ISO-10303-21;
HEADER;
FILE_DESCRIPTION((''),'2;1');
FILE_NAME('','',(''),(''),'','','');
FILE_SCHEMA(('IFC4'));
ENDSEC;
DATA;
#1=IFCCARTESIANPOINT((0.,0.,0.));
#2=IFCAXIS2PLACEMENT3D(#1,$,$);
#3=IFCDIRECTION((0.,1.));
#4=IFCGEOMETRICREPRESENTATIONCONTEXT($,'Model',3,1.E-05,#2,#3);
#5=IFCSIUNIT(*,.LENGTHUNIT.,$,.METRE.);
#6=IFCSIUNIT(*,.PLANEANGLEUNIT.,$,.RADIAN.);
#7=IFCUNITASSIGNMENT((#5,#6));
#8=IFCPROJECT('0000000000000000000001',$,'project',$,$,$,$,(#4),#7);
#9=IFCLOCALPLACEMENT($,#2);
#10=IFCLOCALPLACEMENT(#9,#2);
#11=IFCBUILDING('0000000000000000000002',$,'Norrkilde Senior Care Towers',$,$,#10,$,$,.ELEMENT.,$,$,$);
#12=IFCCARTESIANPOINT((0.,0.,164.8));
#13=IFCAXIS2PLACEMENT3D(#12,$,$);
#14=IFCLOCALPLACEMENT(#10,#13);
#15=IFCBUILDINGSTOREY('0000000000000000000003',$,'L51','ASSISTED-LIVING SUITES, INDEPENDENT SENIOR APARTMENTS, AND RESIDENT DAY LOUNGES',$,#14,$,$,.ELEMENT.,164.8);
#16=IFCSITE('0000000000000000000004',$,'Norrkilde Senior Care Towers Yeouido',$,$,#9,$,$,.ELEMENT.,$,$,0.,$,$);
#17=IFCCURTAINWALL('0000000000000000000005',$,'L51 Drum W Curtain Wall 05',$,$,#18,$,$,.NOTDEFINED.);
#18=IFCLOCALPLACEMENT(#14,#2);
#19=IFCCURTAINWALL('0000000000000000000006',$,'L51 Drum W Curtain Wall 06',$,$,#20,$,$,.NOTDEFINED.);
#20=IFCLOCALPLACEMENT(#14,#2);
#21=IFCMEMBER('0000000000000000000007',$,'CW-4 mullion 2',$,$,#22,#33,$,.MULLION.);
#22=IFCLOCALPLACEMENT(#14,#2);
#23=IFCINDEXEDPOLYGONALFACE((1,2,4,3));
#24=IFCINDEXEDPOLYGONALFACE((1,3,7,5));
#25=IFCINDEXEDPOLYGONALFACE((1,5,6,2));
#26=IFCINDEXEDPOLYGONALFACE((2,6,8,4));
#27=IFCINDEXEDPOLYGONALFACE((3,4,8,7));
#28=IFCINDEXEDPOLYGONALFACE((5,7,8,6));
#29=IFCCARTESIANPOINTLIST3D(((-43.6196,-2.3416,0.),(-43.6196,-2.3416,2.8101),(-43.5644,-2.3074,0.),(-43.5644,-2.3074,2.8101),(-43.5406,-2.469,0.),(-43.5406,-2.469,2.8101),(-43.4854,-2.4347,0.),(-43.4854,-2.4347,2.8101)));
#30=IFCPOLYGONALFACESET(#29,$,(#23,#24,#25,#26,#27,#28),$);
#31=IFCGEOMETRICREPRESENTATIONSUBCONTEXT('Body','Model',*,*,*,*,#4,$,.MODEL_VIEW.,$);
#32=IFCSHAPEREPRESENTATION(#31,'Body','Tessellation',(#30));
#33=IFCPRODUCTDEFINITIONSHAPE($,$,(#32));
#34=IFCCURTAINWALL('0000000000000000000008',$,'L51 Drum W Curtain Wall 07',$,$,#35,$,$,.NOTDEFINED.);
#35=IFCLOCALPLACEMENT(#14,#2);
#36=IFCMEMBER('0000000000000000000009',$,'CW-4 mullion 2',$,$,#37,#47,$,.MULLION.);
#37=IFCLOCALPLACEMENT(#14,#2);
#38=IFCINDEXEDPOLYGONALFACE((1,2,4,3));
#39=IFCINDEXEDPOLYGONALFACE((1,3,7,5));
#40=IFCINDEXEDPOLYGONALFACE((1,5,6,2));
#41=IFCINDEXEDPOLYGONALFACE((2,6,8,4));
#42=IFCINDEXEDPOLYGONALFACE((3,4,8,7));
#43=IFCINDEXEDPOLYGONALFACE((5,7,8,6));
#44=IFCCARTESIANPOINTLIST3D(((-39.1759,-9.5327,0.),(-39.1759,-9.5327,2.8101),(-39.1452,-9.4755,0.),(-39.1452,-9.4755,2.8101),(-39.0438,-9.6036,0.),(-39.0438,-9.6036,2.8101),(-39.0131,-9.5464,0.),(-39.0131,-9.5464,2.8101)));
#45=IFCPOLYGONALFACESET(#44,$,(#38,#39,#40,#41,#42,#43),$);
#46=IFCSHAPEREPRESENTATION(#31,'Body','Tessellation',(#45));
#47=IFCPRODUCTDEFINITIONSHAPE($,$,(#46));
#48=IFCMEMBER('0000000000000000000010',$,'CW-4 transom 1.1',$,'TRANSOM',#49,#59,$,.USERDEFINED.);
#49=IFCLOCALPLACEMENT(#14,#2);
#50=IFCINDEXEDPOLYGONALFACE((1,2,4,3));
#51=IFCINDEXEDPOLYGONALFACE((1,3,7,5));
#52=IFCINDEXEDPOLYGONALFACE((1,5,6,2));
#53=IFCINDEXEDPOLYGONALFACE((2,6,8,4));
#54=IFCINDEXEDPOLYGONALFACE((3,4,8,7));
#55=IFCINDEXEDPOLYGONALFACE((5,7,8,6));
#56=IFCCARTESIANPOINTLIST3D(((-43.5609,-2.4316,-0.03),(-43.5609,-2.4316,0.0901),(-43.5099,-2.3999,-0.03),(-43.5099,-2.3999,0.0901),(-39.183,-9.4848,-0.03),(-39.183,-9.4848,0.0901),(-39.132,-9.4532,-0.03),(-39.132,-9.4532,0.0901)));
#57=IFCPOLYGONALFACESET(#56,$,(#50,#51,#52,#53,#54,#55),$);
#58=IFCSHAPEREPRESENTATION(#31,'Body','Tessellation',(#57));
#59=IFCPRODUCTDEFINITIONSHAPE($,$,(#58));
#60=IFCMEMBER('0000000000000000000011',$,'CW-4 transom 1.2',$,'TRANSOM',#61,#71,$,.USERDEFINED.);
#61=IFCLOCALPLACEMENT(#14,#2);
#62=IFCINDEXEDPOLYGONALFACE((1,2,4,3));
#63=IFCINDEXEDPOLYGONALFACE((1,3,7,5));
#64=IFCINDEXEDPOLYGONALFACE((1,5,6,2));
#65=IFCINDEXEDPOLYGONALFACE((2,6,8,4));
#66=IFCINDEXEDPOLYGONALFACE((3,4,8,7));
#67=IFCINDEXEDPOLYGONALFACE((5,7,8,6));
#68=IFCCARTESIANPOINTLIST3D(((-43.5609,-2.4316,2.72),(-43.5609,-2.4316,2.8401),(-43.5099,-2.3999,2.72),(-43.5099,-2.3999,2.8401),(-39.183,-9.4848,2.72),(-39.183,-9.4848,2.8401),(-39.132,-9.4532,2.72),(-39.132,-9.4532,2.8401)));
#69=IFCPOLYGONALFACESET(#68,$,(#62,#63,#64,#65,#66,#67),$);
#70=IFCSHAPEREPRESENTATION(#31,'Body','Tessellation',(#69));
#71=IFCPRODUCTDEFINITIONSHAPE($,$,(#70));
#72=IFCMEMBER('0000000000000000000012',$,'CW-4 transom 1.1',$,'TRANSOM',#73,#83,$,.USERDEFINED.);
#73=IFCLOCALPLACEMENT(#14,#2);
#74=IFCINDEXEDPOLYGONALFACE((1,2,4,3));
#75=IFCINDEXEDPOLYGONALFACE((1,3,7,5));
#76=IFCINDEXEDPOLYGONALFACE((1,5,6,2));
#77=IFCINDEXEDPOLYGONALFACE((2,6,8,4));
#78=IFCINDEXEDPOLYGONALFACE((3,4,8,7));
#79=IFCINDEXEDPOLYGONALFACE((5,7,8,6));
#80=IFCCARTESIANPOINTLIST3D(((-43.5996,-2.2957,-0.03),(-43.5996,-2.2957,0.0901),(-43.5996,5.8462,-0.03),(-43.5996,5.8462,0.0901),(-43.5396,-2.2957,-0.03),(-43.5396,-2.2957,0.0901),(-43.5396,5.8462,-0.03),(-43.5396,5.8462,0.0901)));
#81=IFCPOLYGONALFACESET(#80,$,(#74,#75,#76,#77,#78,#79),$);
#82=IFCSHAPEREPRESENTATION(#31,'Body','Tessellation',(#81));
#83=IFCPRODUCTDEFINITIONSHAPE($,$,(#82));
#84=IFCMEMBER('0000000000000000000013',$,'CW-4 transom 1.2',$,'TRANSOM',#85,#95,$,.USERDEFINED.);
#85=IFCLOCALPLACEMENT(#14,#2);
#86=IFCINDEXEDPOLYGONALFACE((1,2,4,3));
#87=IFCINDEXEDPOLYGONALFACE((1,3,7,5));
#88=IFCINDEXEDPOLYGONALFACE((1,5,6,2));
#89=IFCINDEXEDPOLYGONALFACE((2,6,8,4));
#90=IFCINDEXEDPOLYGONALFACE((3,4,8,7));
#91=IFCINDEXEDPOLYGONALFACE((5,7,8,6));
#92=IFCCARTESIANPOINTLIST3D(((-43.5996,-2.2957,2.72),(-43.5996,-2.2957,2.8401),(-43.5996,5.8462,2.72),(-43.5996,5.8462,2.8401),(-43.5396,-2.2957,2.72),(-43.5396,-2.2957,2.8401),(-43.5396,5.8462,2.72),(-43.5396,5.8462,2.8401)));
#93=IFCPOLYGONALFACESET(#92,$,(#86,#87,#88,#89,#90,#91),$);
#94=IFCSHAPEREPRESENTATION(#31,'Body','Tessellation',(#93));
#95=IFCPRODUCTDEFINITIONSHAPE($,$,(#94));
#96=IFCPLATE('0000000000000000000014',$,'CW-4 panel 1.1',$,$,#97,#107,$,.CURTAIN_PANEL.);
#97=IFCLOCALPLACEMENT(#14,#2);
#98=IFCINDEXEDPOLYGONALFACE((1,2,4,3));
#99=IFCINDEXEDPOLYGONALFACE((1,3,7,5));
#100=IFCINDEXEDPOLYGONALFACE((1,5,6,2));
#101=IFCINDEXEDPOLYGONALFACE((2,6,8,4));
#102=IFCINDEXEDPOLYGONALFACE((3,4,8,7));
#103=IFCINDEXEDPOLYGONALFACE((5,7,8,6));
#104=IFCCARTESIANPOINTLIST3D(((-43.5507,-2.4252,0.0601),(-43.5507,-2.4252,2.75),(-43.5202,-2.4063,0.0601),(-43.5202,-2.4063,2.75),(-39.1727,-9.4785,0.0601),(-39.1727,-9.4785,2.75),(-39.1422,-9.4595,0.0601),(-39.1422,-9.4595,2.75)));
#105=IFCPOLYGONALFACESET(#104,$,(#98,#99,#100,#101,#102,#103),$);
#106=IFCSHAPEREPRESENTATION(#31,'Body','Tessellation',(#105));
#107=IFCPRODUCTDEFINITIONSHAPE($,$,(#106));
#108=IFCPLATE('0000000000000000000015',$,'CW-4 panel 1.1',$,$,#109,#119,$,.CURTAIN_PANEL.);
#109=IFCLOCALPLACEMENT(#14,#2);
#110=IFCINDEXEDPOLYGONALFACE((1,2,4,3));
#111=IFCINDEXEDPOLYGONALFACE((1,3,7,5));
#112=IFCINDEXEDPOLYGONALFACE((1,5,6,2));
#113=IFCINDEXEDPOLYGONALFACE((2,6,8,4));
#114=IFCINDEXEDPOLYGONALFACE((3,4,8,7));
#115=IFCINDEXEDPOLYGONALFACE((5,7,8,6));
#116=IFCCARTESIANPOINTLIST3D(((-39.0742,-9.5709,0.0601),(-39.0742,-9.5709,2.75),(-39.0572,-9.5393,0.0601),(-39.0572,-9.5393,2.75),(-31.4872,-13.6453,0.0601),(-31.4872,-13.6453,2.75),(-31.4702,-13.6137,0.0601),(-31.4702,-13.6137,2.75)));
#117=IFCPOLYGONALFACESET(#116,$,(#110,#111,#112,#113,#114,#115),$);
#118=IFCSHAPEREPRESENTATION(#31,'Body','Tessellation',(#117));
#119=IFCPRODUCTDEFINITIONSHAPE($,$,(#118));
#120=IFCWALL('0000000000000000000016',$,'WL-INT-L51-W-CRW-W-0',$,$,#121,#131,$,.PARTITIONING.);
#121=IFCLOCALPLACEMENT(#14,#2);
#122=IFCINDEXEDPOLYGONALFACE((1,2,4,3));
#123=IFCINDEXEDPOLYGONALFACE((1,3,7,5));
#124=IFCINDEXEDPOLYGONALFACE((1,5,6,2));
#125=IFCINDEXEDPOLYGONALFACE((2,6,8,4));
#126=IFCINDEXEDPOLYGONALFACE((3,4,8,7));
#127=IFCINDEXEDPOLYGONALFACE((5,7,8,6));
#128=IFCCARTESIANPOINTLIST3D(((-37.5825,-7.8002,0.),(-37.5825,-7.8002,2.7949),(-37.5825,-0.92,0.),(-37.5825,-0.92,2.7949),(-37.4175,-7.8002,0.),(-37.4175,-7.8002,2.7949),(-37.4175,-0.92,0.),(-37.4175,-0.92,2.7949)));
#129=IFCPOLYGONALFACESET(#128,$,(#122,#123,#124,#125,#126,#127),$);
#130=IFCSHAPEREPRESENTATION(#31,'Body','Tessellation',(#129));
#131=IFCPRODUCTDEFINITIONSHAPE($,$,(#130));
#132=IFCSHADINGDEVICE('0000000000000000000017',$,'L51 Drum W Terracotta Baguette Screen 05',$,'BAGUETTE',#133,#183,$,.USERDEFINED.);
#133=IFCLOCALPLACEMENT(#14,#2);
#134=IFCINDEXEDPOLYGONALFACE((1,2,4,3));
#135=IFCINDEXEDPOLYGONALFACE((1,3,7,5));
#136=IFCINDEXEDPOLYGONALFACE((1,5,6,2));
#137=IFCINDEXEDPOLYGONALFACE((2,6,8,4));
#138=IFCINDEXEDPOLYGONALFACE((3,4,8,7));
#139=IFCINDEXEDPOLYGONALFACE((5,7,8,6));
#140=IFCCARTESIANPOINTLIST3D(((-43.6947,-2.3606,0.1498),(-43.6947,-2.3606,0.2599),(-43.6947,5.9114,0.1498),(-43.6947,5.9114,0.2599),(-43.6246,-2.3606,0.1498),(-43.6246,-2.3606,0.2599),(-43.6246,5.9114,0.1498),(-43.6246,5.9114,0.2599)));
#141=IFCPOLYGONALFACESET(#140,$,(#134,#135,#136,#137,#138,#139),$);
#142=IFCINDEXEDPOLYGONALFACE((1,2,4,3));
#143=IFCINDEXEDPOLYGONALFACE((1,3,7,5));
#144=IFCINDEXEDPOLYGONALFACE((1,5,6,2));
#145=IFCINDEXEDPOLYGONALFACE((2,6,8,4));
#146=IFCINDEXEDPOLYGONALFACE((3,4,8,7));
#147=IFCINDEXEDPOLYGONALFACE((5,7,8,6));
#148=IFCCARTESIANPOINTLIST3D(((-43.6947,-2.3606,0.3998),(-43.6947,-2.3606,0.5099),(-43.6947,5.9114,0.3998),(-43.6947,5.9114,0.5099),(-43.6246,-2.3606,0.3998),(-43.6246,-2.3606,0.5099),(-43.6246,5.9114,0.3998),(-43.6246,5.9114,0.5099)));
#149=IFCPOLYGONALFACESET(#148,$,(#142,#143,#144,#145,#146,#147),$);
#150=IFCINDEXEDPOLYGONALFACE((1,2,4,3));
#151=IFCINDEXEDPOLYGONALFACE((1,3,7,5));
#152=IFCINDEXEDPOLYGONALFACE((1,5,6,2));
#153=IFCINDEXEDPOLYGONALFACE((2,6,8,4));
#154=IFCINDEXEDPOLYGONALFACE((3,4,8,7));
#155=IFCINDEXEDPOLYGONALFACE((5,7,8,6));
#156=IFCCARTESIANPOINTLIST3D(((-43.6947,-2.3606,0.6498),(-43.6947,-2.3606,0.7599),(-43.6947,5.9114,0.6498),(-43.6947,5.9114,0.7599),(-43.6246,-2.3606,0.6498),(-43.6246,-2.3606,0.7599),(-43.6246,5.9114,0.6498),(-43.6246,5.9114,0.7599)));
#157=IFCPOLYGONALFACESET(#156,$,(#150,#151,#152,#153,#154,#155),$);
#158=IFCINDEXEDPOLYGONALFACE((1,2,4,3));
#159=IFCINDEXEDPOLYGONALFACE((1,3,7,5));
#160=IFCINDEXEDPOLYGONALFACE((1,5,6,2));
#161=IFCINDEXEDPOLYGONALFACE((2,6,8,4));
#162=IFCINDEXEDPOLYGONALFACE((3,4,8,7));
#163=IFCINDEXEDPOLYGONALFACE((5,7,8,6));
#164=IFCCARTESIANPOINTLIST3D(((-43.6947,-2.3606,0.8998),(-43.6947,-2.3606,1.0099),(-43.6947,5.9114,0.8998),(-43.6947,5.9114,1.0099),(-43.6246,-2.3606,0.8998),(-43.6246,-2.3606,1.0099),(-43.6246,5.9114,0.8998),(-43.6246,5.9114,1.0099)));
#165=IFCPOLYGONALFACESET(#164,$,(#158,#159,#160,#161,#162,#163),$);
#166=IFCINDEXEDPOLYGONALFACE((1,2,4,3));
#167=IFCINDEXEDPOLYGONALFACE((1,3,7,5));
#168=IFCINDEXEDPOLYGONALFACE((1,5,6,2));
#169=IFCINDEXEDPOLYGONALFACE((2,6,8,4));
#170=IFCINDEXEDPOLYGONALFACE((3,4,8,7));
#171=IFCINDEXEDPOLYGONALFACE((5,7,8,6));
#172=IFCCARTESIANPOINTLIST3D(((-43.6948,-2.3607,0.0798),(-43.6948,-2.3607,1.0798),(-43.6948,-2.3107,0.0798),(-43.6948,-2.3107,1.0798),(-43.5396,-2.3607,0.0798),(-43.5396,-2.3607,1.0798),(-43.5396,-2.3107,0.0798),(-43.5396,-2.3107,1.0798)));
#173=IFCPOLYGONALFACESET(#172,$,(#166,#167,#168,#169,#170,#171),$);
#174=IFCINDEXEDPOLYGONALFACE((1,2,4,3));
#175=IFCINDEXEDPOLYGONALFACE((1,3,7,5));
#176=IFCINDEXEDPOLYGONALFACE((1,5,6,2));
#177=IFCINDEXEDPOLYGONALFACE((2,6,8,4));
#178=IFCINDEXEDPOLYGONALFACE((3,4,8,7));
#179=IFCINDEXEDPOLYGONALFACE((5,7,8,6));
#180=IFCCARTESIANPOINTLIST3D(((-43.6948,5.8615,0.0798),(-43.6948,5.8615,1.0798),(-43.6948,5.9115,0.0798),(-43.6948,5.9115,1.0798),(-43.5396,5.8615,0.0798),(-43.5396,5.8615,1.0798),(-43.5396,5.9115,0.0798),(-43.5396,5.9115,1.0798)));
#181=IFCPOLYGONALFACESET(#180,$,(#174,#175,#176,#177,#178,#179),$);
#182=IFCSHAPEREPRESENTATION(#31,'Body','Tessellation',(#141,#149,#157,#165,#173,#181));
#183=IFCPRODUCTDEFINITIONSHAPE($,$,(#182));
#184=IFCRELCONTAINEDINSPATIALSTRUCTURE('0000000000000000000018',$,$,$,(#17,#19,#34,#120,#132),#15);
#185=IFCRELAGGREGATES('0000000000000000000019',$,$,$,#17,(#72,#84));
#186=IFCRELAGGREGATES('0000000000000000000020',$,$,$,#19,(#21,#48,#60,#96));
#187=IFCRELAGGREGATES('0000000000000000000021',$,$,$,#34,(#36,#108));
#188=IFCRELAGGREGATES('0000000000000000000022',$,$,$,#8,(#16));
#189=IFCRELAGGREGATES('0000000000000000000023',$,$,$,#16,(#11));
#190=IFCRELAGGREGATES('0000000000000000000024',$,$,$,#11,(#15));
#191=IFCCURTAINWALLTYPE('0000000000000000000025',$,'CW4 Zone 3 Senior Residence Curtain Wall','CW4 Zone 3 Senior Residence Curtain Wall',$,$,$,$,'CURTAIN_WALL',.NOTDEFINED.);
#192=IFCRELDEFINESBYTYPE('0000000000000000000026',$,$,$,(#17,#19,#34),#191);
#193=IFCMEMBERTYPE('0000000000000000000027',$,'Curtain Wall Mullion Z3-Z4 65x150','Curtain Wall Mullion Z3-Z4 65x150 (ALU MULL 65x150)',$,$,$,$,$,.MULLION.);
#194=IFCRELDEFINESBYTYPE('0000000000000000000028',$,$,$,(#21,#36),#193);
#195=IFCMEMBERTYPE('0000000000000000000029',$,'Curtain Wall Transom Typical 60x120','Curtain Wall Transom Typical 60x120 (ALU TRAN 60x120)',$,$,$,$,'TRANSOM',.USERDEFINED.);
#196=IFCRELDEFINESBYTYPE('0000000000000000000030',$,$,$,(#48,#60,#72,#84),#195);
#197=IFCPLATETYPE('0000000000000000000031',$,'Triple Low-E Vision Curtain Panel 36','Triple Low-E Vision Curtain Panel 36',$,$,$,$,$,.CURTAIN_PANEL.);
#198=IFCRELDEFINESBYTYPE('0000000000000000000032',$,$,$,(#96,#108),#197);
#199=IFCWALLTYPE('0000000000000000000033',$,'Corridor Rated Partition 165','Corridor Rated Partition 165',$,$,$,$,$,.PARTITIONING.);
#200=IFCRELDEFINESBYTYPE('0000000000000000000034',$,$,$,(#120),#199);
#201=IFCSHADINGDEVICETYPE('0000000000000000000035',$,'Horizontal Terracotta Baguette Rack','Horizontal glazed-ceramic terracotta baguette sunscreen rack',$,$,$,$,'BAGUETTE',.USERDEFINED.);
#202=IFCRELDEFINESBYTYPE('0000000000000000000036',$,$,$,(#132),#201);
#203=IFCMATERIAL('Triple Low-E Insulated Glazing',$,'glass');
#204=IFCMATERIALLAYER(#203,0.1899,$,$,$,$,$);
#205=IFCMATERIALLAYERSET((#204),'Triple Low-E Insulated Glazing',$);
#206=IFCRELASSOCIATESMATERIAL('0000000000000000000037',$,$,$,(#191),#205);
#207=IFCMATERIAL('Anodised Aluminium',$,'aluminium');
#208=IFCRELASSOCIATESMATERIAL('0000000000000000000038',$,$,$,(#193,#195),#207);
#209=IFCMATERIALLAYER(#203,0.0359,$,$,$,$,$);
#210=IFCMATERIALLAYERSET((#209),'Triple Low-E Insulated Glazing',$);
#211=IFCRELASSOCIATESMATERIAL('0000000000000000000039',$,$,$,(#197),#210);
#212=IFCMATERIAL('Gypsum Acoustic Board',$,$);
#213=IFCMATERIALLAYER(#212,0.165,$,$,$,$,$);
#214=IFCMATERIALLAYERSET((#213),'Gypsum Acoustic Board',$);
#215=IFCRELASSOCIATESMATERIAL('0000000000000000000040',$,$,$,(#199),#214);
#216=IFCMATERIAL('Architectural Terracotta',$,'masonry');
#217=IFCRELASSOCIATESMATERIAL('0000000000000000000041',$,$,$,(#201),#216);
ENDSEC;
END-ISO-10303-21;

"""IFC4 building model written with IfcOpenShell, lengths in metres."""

from ifc_helpers import new_model, si_unit, direction, frame, frame_2d, origin, origin_2d, place, context, subcontext, project, spatial, rectangle, extrude, source, transform, mapped, material, layer, layer_set, material_profile, profile_set, type_object, type_shapes, element, aggregate, save


model = new_model("IFC4")

# Units and contexts
model_context = context("Model", 3, precision=1e-05, world=origin(), true_north=direction((0.0, 1.0)))
body_context = subcontext(model_context, "Body", "Model", "MODEL_VIEW")
ifc_project = project(units=[si_unit("LENGTHUNIT", "METRE"), si_unit("PLANEANGLEUNIT", "RADIAN")], contexts=[model_context])

# Site, building, storey
site_placement = place(None, origin())
site = spatial("IfcSite", under=ifc_project, at=site_placement, Name="Norrkilde Senior Care Towers Yeouido", CompositionType="ELEMENT", RefElevation=0.0)
building_placement = place(site_placement, origin())
building = spatial("IfcBuilding", under=site, at=building_placement, Name="Norrkilde Senior Care Towers", CompositionType="ELEMENT")
storey_placement = place(building_placement, frame((0.0, 0.0, 164.8)))
storey = spatial("IfcBuildingStorey", under=building, at=storey_placement, Name="L51", Description="ASSISTED-LIVING SUITES, INDEPENDENT SENIOR APARTMENTS, AND RESIDENT DAY LOUNGES", CompositionType="ELEMENT", Elevation=164.8)

# Curtain wall
ifc_material_1 = material(Name="Triple Low-E Insulated Glazing", Category="glass")
ifc_layer_1 = layer(ifc_material_1, 0.1899)
ifc_layer_set_1 = layer_set([ifc_layer_1], Name="Triple Low-E Insulated Glazing")
curtain_wall_type = type_object("IfcCurtainWallType", Name="CW4 Zone 3 Senior Residence Curtain Wall", Description="CW4 Zone 3 Senior Residence Curtain Wall", ElementType="CURTAIN_WALL", PredefinedType="NOTDEFINED", material=ifc_layer_set_1)
curtain_wall_1_placement = place(storey_placement, origin())
curtain_wall_1 = element("IfcCurtainWall", 1, at=curtain_wall_1_placement, inside=storey, type_object=curtain_wall_type, Name="L51 Drum W Curtain Wall 05", PredefinedType="NOTDEFINED")
ifc_material_2 = material(Name="Anodised Aluminium", Category="aluminium")
ifc_material_profile_1 = material_profile(ifc_material_2, rectangle(XDim=0.0649, YDim=0.1499, at=origin_2d()), Name="ALU MULL 65x150")
ifc_profile_set_1 = profile_set([ifc_material_profile_1], Name="Anodised Aluminium")
member_type_1 = type_object("IfcMemberType", Name="Curtain Wall Mullion Z3-Z4 65x150", Description="Curtain Wall Mullion Z3-Z4 65x150 (ALU MULL 65x150)", PredefinedType="MULLION", material=ifc_profile_set_1)
shared_shape_1 = source(origin(), body_context, "Body", "SweptSolid", [
    extrude(rectangle(XDim=0.0649, YDim=0.1499, at=origin_2d()), origin(), (0.0, 0.0, 1.0), 2.8101),
])
type_shapes(member_type_1, [shared_shape_1])

# Curtain wall, member
curtain_wall_2_placement = place(storey_placement, origin())
curtain_wall_2 = element("IfcCurtainWall", 2, at=curtain_wall_2_placement, inside=storey, type_object=curtain_wall_type, Name="L51 Drum W Curtain Wall 06", PredefinedType="NOTDEFINED")
member_1_placement = place(storey_placement, frame((-43.5525, -2.3882, 0.0), z_axis=(0.0, 0.0, 1.0), x_axis=(-0.849634, -0.527373, 0.0)))
member_1 = element("IfcMember", 3, at=member_1_placement, type_object=member_type_1, Name="CW-4 mullion 2", PredefinedType="MULLION", context=body_context, shape_type="MappedRepresentation", body=[
    mapped(shared_shape_1, transform((0.0, 0.0, 0.0), x_axis=(1.0, 0.0, 0.0), y_axis=(0.0, 1.0, 0.0), z_axis=(0.0, 0.0, 1.0), scale=1.0)),
])

# Curtain wall, member
curtain_wall_3_placement = place(storey_placement, origin())
curtain_wall_3 = element("IfcCurtainWall", 4, at=curtain_wall_3_placement, inside=storey, type_object=curtain_wall_type, Name="L51 Drum W Curtain Wall 07", PredefinedType="NOTDEFINED")
member_2_placement = place(storey_placement, frame((-39.0945, -9.5396, 0.0), z_axis=(0.0, 0.0, 1.0), x_axis=(-0.473117, -0.881, 0.0)))
member_2 = element("IfcMember", 5, at=member_2_placement, type_object=member_type_1, Name="CW-4 mullion 2", PredefinedType="MULLION", context=body_context, shape_type="MappedRepresentation", body=[
    mapped(shared_shape_1, transform((0.0, 0.0, 0.0), x_axis=(1.0, 0.0, 0.0), y_axis=(0.0, 1.0, 0.0), z_axis=(0.0, 0.0, 1.0), scale=1.0)),
])

# Members
ifc_material_profile_2 = material_profile(ifc_material_2, rectangle(XDim=0.0601, YDim=0.1201, at=origin_2d()), Name="ALU TRAN 60x120")
ifc_profile_set_2 = profile_set([ifc_material_profile_2], Name="Anodised Aluminium")
member_type_2 = type_object("IfcMemberType", Name="Curtain Wall Transom Typical 60x120", Description="Curtain Wall Transom Typical 60x120 (ALU TRAN 60x120)", ElementType="TRANSOM", PredefinedType="USERDEFINED", material=ifc_profile_set_2)
shared_shape_2 = source(origin(), body_context, "Body", "SweptSolid", [
    extrude(rectangle(XDim=0.0601, YDim=0.1201, at=origin_2d()), origin(), (0.0, 0.0, 1.0), 8.3015),
])
member_3_placement = place(storey_placement, frame((-39.1575, -9.469, 0.03), z_axis=(-0.527369, 0.849637, 0.0), x_axis=(-0.849637, -0.527369, 0.0)))
member_3 = element("IfcMember", 6, at=member_3_placement, type_object=member_type_2, Name="CW-4 transom 1.1", ObjectType="TRANSOM", PredefinedType="USERDEFINED", context=body_context, shape_type="MappedRepresentation", body=[
    mapped(shared_shape_2, transform((0.0, 0.0, 0.0), x_axis=(1.0, 0.0, 0.0), y_axis=(0.0, 1.0, 0.0), z_axis=(0.0, 0.0, 1.0), scale=1.0)),
])
member_4_placement = place(storey_placement, frame((-39.1575, -9.469, 2.78), z_axis=(-0.527369, 0.849637, 0.0), x_axis=(-0.849637, -0.527369, 0.0)))
member_4 = element("IfcMember", 7, at=member_4_placement, type_object=member_type_2, Name="CW-4 transom 1.2", ObjectType="TRANSOM", PredefinedType="USERDEFINED", context=body_context, shape_type="MappedRepresentation", body=[
    mapped(shared_shape_2, transform((0.0, 0.0, 0.0), x_axis=(1.0, 0.0, 0.0), y_axis=(0.0, 1.0, 0.0), z_axis=(0.0, 0.0, 1.0), scale=1.0)),
])
shared_shape_3 = source(origin(), body_context, "Body", "SweptSolid", [
    extrude(rectangle(XDim=0.0601, YDim=0.1201, at=origin_2d()), origin(), (0.0, 0.0, 1.0), 8.1418),
])
type_shapes(member_type_2, [shared_shape_2, shared_shape_3])
member_5_placement = place(storey_placement, frame((-43.5696, -2.2957, 0.03), z_axis=(0.0, 1.0, 0.0), x_axis=(-1.0, 0.0, 0.0)))
member_5 = element("IfcMember", 8, at=member_5_placement, type_object=member_type_2, Name="CW-4 transom 1.1", ObjectType="TRANSOM", PredefinedType="USERDEFINED", context=body_context, shape_type="MappedRepresentation", body=[
    mapped(shared_shape_3, transform((0.0, 0.0, 0.0), x_axis=(1.0, 0.0, 0.0), y_axis=(0.0, 1.0, 0.0), z_axis=(0.0, 0.0, 1.0), scale=1.0)),
])
member_6_placement = place(storey_placement, frame((-43.5696, -2.2957, 2.78), z_axis=(0.0, 1.0, 0.0), x_axis=(-1.0, 0.0, 0.0)))
member_6 = element("IfcMember", 9, at=member_6_placement, type_object=member_type_2, Name="CW-4 transom 1.2", ObjectType="TRANSOM", PredefinedType="USERDEFINED", context=body_context, shape_type="MappedRepresentation", body=[
    mapped(shared_shape_3, transform((0.0, 0.0, 0.0), x_axis=(1.0, 0.0, 0.0), y_axis=(0.0, 1.0, 0.0), z_axis=(0.0, 0.0, 1.0), scale=1.0)),
])
aggregate(curtain_wall_1, [member_5, member_6])

# Plates
ifc_layer_2 = layer(ifc_material_1, 0.0359)
ifc_layer_set_2 = layer_set([ifc_layer_2], Name="Triple Low-E Insulated Glazing")
plate_type = type_object("IfcPlateType", Name="Triple Low-E Vision Curtain Panel 36", Description="Triple Low-E Vision Curtain Panel 36", PredefinedType="CURTAIN_PANEL", material=ifc_layer_set_2)
shared_shape_4 = source(origin(), body_context, "Body", "SweptSolid", [
    extrude(rectangle(XDim=8.3015, YDim=0.0359, at=origin_2d()), origin(), (0.0, 0.0, 1.0), 2.6899),
])
plate_1_placement = place(storey_placement, frame((-41.3464, -5.9424, 0.0601), z_axis=(0.0, 0.0, 1.0), x_axis=(-0.527373, 0.849634, 0.0)))
plate_1 = element("IfcPlate", 10, at=plate_1_placement, type_object=plate_type, Name="CW-4 panel 1.1", PredefinedType="CURTAIN_PANEL", context=body_context, shape_type="MappedRepresentation", body=[
    mapped(shared_shape_4, transform((0.0, 0.0, 0.0), x_axis=(1.0, 0.0, 0.0), y_axis=(0.0, 1.0, 0.0), z_axis=(0.0, 0.0, 1.0), scale=1.0)),
])
aggregate(curtain_wall_2, [member_1, member_3, member_4, plate_1])
shared_shape_5 = source(origin(), body_context, "Body", "SweptSolid", [
    extrude(rectangle(XDim=8.6118, YDim=0.0359, at=origin_2d()), origin(), (0.0, 0.0, 1.0), 2.6899),
])
type_shapes(plate_type, [shared_shape_4, shared_shape_5])
plate_2_placement = place(storey_placement, frame((-35.2722, -11.5923, 0.0601), z_axis=(0.0, 0.0, 1.0), x_axis=(-0.881, 0.473117, 0.0)))
plate_2 = element("IfcPlate", 11, at=plate_2_placement, type_object=plate_type, Name="CW-4 panel 1.1", PredefinedType="CURTAIN_PANEL", context=body_context, shape_type="MappedRepresentation", body=[
    mapped(shared_shape_5, transform((0.0, 0.0, 0.0), x_axis=(1.0, 0.0, 0.0), y_axis=(0.0, 1.0, 0.0), z_axis=(0.0, 0.0, 1.0), scale=1.0)),
])
aggregate(curtain_wall_3, [member_2, plate_2])

# Wall
ifc_material_3 = material(Name="Gypsum Acoustic Board")
ifc_layer_3 = layer(ifc_material_3, 0.165)
ifc_layer_set_3 = layer_set([ifc_layer_3], Name="Gypsum Acoustic Board")
wall_type_1 = type_object("IfcWallType", Name="Corridor Rated Partition 165", Description="Corridor Rated Partition 165", PredefinedType="PARTITIONING", material=ifc_layer_set_3)
shared_shape_6 = source(origin(), body_context, "Body", "SweptSolid", [
    extrude(rectangle(XDim=6.8801, YDim=0.165, at=frame_2d((3.4399, 0.0))), origin(), (0.0, 0.0, 1.0), 2.7949),
])
type_shapes(wall_type_1, [shared_shape_6])
wall_1_placement = place(storey_placement, frame((-37.5, -7.8, 0.0), z_axis=(0.0, 0.0, 1.0), x_axis=(0.0, 1.0, 0.0)))
element("IfcWall", 12, at=wall_1_placement, inside=storey, type_object=wall_type_1, Name="WL-INT-L51-W-CRW-W-0", PredefinedType="PARTITIONING", context=body_context, shape_type="MappedRepresentation", body=[
    mapped(shared_shape_6, transform((0.0, 0.0, 0.0), x_axis=(1.0, 0.0, 0.0), y_axis=(0.0, 1.0, 0.0), z_axis=(0.0, 0.0, 1.0), scale=1.0)),
])

# Shading device
ifc_material_4 = material(Name="Architectural Terracotta", Category="masonry")
shading_device_type = type_object("IfcShadingDeviceType", Name="Horizontal Terracotta Baguette Rack", Description="Horizontal glazed-ceramic terracotta baguette sunscreen rack", ElementType="BAGUETTE", PredefinedType="USERDEFINED", material=ifc_material_4)
shared_shape_7 = source(origin(), body_context, "Body", "SweptSolid", [
    extrude(rectangle(XDim=0.0701, YDim=0.1101, at=origin_2d()), frame((0.0, 0.0901, 0.125), z_axis=(1.0, 0.0, 0.0), x_axis=(0.0, 1.0, 0.0)), (0.0, 0.0, 1.0), 8.272),
    extrude(rectangle(XDim=0.0701, YDim=0.1101, at=origin_2d()), frame((0.0, 0.0901, 0.375), z_axis=(1.0, 0.0, 0.0), x_axis=(0.0, 1.0, 0.0)), (0.0, 0.0, 1.0), 8.272),
    extrude(rectangle(XDim=0.0701, YDim=0.1101, at=origin_2d()), frame((0.0, 0.0901, 0.625), z_axis=(1.0, 0.0, 0.0), x_axis=(0.0, 1.0, 0.0)), (0.0, 0.0, 1.0), 8.272),
    extrude(rectangle(XDim=0.0701, YDim=0.1101, at=origin_2d()), frame((0.0, 0.0901, 0.875), z_axis=(1.0, 0.0, 0.0), x_axis=(0.0, 1.0, 0.0)), (0.0, 0.0, 1.0), 8.272),
    extrude(rectangle(XDim=0.05, YDim=0.1553, at=origin_2d()), frame((0.0249, 0.0476, 0.0)), (0.0, 0.0, 1.0), 1.0),
    extrude(rectangle(XDim=0.05, YDim=0.1553, at=origin_2d()), frame((8.2471, 0.0476, 0.0)), (0.0, 0.0, 1.0), 1.0),
])
type_shapes(shading_device_type, [shared_shape_7])
shading_device_placement = place(storey_placement, frame((-43.5696, -2.3606, 0.0798), z_axis=(0.0, 0.0, 1.0), x_axis=(0.0, 1.0, 0.0)))
element("IfcShadingDevice", 13, at=shading_device_placement, inside=storey, type_object=shading_device_type, Name="L51 Drum W Terracotta Baguette Screen 05", ObjectType="BAGUETTE", PredefinedType="USERDEFINED", context=body_context, shape_type="MappedRepresentation", body=[
    mapped(shared_shape_7, transform((0.0, 0.0, 0.0), x_axis=(1.0, 0.0, 0.0), y_axis=(0.0, 1.0, 0.0), z_axis=(0.0, 0.0, 1.0), scale=1.0)),
])

save(model, "model.ifc")
